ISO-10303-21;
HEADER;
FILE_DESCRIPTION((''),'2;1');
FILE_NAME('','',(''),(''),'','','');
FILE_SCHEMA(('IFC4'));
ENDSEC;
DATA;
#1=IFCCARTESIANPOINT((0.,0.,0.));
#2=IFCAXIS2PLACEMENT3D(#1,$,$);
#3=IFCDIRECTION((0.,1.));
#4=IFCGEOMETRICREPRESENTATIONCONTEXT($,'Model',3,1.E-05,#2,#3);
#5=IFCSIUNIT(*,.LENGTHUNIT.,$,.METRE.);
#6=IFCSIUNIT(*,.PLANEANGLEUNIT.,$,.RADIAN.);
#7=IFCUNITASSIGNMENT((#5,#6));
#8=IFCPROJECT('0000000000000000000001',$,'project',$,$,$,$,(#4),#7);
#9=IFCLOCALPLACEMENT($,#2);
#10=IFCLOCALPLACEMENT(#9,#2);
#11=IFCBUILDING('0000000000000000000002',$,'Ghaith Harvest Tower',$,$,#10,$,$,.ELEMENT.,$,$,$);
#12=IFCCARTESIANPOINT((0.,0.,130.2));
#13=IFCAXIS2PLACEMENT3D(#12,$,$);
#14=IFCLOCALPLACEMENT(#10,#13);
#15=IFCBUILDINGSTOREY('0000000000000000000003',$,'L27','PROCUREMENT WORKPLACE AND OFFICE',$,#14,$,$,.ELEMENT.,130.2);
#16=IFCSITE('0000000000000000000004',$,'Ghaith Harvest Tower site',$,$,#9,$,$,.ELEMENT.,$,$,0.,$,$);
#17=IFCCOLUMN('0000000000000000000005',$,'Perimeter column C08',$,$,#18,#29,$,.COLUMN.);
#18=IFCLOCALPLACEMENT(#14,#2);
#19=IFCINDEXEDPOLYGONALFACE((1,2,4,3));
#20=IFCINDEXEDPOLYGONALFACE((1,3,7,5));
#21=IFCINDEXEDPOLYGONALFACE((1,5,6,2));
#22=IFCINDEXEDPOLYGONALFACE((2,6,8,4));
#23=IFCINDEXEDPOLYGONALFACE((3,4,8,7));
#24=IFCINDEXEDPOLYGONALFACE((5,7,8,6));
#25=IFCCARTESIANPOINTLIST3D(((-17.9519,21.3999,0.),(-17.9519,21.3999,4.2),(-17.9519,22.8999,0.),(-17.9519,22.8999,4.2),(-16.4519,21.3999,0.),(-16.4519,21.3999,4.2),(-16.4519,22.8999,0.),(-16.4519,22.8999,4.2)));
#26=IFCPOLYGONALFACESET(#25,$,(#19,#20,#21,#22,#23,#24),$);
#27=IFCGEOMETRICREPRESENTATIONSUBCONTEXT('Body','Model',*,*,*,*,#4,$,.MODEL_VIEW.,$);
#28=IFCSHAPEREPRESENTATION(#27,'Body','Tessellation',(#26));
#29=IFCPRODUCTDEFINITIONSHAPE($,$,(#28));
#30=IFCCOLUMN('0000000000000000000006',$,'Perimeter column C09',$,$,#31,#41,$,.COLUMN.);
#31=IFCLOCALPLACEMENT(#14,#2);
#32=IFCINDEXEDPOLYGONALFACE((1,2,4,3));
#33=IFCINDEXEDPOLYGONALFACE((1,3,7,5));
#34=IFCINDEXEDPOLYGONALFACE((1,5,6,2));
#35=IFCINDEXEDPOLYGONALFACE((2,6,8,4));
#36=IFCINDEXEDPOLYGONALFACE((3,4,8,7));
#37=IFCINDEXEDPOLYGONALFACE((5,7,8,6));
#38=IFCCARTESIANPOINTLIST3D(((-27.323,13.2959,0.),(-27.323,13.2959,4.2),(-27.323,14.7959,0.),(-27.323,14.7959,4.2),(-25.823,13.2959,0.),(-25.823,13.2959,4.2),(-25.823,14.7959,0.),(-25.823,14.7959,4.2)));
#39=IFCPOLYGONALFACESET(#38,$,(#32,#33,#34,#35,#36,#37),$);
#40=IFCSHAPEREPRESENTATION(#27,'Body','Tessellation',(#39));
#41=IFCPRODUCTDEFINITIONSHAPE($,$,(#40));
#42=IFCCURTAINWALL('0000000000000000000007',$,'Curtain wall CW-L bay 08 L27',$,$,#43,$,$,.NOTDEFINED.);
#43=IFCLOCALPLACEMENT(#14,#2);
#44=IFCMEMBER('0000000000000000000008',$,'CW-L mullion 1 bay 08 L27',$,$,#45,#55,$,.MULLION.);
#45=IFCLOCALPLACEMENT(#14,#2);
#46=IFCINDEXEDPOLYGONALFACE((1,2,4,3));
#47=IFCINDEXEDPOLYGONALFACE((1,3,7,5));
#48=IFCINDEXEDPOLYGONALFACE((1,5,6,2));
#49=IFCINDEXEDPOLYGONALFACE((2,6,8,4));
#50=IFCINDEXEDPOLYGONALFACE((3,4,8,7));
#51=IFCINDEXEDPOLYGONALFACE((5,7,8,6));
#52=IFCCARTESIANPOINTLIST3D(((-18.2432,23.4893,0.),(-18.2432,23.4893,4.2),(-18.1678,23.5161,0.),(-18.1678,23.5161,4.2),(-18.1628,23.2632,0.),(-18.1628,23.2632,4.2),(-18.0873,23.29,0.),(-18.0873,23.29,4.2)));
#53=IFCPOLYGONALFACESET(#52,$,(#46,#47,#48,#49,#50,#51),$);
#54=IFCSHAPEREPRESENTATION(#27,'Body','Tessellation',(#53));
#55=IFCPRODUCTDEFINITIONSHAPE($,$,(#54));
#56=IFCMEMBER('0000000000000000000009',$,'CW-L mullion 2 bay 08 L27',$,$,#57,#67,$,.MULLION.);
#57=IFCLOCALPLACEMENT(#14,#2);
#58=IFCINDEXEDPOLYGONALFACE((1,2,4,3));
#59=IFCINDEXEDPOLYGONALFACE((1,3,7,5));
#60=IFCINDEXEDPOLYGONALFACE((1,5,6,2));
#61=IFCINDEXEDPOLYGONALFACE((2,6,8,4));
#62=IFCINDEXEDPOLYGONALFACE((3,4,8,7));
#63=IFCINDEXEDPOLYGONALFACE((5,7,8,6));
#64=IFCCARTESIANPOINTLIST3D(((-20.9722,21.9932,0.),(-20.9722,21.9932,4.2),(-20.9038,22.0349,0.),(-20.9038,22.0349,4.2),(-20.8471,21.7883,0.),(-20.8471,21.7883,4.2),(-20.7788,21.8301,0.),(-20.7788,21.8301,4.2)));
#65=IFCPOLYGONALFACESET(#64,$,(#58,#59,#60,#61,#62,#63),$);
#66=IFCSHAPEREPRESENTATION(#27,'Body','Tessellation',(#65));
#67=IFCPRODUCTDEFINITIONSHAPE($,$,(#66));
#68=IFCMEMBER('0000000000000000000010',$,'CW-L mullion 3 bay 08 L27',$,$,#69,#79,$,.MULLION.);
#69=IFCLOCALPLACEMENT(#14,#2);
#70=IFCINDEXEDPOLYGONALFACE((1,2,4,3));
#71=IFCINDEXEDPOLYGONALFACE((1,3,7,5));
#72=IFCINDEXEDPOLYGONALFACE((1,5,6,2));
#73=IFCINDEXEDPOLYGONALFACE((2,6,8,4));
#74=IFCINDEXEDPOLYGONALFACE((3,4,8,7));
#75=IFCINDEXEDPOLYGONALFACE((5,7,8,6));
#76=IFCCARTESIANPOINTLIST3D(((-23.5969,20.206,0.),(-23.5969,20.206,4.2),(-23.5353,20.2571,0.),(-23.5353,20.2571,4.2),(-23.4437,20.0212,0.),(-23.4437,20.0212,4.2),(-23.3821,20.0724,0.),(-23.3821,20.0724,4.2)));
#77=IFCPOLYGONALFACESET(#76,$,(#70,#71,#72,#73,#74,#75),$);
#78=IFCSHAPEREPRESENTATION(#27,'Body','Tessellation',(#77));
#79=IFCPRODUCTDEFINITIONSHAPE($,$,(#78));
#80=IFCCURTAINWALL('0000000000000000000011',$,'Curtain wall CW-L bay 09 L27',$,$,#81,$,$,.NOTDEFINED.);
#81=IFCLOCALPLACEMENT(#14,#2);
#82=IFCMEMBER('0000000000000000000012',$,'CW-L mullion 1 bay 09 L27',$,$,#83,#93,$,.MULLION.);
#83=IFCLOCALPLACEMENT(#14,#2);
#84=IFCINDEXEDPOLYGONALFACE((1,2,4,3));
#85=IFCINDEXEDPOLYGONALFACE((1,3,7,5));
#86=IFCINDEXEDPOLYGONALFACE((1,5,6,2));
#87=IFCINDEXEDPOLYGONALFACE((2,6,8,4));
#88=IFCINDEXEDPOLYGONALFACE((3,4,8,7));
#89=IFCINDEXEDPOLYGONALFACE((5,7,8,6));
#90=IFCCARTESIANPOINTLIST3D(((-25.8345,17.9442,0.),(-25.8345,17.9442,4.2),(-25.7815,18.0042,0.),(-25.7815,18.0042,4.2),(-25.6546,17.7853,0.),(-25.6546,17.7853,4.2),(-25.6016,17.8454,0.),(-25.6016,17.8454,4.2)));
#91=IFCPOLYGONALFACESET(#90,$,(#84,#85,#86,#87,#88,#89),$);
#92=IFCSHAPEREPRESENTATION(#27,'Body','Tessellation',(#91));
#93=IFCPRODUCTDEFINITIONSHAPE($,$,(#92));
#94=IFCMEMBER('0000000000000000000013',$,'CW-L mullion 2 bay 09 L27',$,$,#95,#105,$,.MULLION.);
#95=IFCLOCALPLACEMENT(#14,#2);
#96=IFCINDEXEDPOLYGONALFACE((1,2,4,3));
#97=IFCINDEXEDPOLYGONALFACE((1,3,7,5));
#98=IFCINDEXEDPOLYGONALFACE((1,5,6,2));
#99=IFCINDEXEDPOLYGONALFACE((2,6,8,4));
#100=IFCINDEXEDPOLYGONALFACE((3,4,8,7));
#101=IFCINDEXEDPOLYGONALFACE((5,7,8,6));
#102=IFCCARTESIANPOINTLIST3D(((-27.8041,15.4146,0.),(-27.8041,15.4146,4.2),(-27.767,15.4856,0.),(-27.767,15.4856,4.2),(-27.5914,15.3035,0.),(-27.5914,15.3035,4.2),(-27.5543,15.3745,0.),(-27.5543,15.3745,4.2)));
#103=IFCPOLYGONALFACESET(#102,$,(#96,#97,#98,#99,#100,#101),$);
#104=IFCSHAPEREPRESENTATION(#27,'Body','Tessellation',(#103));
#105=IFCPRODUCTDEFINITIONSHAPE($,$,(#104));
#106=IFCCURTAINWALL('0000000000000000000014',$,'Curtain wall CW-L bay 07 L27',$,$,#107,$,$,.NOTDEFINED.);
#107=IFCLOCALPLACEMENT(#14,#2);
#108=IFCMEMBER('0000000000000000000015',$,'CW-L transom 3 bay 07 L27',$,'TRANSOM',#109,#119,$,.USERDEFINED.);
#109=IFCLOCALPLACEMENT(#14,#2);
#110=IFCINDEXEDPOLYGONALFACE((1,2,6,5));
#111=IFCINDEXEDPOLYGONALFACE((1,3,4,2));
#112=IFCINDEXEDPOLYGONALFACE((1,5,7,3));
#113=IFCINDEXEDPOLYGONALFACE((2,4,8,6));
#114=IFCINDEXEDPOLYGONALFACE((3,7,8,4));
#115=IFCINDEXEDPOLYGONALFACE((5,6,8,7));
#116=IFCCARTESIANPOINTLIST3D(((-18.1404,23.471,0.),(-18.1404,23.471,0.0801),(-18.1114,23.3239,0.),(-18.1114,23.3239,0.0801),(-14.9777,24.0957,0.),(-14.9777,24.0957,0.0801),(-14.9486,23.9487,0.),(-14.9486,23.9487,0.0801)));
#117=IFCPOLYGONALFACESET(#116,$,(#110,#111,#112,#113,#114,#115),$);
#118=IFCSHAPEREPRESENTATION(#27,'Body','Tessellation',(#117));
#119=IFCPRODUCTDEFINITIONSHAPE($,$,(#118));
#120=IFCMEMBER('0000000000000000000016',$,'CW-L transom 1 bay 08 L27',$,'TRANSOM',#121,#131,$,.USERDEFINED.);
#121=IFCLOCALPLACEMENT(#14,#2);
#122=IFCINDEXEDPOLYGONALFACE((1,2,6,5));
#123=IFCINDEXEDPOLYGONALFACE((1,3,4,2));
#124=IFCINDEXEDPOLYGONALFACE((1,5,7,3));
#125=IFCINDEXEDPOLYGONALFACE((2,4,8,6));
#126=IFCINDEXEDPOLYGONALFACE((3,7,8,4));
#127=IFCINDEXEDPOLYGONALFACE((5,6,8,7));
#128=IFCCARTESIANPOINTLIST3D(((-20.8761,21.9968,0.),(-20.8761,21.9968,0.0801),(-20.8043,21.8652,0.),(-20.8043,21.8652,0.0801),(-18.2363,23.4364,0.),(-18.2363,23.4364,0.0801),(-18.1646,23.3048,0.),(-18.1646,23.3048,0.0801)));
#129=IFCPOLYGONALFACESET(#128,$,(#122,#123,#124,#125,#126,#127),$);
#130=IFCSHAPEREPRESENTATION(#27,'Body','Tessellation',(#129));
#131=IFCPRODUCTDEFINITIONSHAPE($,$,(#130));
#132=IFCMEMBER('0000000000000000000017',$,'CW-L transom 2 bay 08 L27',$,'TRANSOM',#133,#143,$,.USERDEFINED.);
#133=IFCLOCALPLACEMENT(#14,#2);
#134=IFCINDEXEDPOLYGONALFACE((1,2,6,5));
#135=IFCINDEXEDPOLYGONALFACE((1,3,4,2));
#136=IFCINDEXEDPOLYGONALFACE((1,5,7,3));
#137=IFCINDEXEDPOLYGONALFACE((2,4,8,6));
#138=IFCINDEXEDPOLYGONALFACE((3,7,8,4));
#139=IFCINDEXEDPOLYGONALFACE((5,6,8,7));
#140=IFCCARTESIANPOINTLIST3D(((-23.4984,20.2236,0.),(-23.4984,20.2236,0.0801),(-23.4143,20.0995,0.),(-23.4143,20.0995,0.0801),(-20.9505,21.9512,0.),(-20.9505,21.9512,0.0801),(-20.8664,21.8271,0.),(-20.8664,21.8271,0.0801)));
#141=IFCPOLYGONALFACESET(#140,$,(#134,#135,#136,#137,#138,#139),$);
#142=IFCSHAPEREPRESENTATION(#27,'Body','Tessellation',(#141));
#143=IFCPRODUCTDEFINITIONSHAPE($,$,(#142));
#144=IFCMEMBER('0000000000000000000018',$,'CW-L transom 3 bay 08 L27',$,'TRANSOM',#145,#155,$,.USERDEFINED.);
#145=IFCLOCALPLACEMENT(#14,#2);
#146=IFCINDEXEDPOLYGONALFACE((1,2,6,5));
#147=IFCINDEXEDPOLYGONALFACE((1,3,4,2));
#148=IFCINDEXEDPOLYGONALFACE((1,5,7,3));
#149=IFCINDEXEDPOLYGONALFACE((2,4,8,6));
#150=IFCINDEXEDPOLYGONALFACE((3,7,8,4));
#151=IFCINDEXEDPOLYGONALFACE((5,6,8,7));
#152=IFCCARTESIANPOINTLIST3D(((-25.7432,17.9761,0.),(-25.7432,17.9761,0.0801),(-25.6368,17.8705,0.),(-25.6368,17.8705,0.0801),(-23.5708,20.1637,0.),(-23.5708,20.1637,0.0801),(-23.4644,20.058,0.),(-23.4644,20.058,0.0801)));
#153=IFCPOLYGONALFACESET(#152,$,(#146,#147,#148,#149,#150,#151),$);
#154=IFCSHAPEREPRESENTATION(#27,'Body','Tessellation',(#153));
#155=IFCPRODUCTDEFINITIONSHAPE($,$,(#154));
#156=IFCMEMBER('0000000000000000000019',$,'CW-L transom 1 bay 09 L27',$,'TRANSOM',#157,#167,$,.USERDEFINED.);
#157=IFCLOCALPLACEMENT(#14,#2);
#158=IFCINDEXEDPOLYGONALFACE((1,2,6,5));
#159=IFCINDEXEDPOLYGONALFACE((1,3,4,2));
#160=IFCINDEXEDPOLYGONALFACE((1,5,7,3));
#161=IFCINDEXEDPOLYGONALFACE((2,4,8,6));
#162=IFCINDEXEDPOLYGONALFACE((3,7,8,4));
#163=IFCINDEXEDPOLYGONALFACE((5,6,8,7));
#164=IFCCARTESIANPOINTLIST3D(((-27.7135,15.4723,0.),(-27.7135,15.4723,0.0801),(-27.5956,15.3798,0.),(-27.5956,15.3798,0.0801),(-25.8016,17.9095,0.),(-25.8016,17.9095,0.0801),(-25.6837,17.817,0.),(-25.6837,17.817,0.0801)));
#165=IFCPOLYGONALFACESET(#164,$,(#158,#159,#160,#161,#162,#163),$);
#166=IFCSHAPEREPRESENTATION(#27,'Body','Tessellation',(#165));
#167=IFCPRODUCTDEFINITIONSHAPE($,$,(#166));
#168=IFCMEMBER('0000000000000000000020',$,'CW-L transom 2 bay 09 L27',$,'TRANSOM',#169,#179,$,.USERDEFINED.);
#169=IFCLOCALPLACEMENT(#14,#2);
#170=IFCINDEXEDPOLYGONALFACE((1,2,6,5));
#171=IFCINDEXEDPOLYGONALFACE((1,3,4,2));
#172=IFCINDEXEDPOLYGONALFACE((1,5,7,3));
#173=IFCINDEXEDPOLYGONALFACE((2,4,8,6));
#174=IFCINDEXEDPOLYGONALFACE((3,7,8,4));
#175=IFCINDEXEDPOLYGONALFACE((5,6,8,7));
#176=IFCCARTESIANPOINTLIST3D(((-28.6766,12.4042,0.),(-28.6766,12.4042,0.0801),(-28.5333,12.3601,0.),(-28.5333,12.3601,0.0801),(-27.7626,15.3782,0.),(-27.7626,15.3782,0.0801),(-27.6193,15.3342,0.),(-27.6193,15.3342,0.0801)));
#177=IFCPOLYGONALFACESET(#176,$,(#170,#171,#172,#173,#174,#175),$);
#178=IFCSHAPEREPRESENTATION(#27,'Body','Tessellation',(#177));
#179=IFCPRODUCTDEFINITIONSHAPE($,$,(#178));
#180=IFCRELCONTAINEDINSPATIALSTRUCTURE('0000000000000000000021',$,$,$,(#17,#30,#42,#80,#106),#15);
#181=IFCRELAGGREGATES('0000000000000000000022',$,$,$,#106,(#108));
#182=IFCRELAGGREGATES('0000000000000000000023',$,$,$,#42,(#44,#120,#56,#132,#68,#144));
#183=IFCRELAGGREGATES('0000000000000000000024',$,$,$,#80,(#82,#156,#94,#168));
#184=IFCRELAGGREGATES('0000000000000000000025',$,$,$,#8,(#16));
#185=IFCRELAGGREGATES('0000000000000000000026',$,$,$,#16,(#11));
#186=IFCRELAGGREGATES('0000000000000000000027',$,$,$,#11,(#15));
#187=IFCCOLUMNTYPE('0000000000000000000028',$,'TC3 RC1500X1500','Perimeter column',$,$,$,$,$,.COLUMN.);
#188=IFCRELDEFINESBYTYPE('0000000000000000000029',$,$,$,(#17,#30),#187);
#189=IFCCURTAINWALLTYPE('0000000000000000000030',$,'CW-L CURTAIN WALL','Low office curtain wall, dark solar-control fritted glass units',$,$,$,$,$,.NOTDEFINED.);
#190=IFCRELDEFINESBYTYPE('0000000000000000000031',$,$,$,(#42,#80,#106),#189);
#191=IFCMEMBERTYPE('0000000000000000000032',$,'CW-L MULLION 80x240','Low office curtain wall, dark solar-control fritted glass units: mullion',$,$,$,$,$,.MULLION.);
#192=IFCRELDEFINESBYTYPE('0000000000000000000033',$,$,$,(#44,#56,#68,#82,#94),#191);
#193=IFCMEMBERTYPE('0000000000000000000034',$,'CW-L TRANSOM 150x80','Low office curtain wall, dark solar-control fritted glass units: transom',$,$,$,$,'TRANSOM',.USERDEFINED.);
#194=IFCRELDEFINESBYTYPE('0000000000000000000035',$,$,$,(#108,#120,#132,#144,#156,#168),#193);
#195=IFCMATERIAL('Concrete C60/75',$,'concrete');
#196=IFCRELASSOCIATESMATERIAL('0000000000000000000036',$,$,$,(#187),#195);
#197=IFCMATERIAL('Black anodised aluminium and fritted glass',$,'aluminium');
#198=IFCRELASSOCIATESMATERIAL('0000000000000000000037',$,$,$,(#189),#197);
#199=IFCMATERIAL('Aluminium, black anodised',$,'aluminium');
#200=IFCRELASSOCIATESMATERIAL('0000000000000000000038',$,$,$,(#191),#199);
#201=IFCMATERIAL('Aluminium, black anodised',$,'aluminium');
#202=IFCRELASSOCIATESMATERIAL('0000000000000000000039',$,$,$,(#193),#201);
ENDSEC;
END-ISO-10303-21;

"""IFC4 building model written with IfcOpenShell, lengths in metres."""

from ifc_helpers import new_model, si_unit, direction, frame, origin, origin_2d, place, context, subcontext, project, spatial, rectangle, extrude, material, material_profile, profile_set, type_object, element, aggregate, save


model = new_model("IFC4")

# Units and contexts
model_context = context("Model", 3, precision=1e-05, world=origin(), true_north=direction((0.0, 1.0)))
body_context = subcontext(model_context, "Body", "Model", "MODEL_VIEW")
ifc_project = project(units=[si_unit("LENGTHUNIT", "METRE"), si_unit("PLANEANGLEUNIT", "RADIAN")], contexts=[model_context])

# Site, building, storey
site_placement = place(None, origin())
site = spatial("IfcSite", under=ifc_project, at=site_placement, Name="Ghaith Harvest Tower site", CompositionType="ELEMENT", RefElevation=0.0)
building_placement = place(site_placement, origin())
building = spatial("IfcBuilding", under=site, at=building_placement, Name="Ghaith Harvest Tower", CompositionType="ELEMENT")
storey_placement = place(building_placement, frame((0.0, 0.0, 130.2)))
storey = spatial("IfcBuildingStorey", under=building, at=storey_placement, Name="L27", Description="PROCUREMENT WORKPLACE AND OFFICE", CompositionType="ELEMENT", Elevation=130.2)

# Columns
ifc_material_1 = material(Name="Concrete C60/75", Category="concrete")
ifc_material_profile_1 = material_profile(ifc_material_1, rectangle(XDim=1.5, YDim=1.5, at=origin_2d()), Name="RC1500X1500")
ifc_profile_set_1 = profile_set([ifc_material_profile_1], Name="Concrete C60/75")
column_type = type_object("IfcColumnType", Name="TC3 RC1500X1500", Description="Perimeter column", PredefinedType="COLUMN", material=ifc_profile_set_1)
for number, where, z_axis, x_axis, name in (
    (1, (-17.2019, 22.1499, 0.0), (0.0, 0.0, 1.0), (1.0, 0.0, 0.0), "Perimeter column C08"),
    (2, (-26.573, 14.0459, 0.0), (0.0, 0.0, 1.0), (1.0, 0.0, 0.0), "Perimeter column C09"),
):
    element("IfcColumn", number, at=place(storey_placement, frame(where, z_axis=z_axis, x_axis=x_axis)), inside=storey, type_object=column_type, Name=name, PredefinedType="COLUMN", context=body_context, shape_type="SweptSolid", body=[
        extrude(rectangle(XDim=1.5, YDim=1.5, at=origin_2d()), origin(), (0.0, 0.0, 1.0), 4.2),
    ])

# Curtain walls, members
ifc_material_2 = material(Name="Black anodised aluminium and fritted glass", Category="aluminium")
curtain_wall_type = type_object("IfcCurtainWallType", Name="CW-L CURTAIN WALL", Description="Low office curtain wall, dark solar-control fritted glass units", PredefinedType="NOTDEFINED", material=ifc_material_2)
curtain_wall_1_placement = place(storey_placement, origin())
curtain_wall_1 = element("IfcCurtainWall", 3, at=curtain_wall_1_placement, inside=storey, type_object=curtain_wall_type, Name="Curtain wall CW-L bay 08 L27", PredefinedType="NOTDEFINED")
ifc_material_3 = material(Name="Aluminium, black anodised", Category="aluminium")
ifc_material_profile_2 = material_profile(ifc_material_3, rectangle(XDim=0.0801, YDim=0.24, at=origin_2d()), Name="CW-L MULLION 80x240")
ifc_profile_set_2 = profile_set([ifc_material_profile_2], Name="Aluminium, black anodised")
member_type_1 = type_object("IfcMemberType", Name="CW-L MULLION 80x240", Description="Low office curtain wall, dark solar-control fritted glass units: mullion", PredefinedType="MULLION", material=ifc_profile_set_2)
member_1_placement = place(storey_placement, frame((-18.1653, 23.3896, 0.0), z_axis=(0.0, 0.0, 1.0), x_axis=(-0.942104, -0.335322, 0.0)))
member_1 = element("IfcMember", 4, at=member_1_placement, type_object=member_type_1, Name="CW-L mullion 1 bay 08 L27", PredefinedType="MULLION", context=body_context, shape_type="SweptSolid", body=[
    extrude(rectangle(XDim=0.0801, YDim=0.24, at=origin_2d()), origin(), (0.0, 0.0, 1.0), 4.2),
])
member_2_placement = place(storey_placement, frame((-20.8755, 21.9116, 0.0), z_axis=(0.0, 0.0, 1.0), x_axis=(-0.853516, -0.521067, 0.0)))
member_2 = element("IfcMember", 5, at=member_2_placement, type_object=member_type_1, Name="CW-L mullion 2 bay 08 L27", PredefinedType="MULLION", context=body_context, shape_type="SweptSolid", body=[
    extrude(rectangle(XDim=0.0801, YDim=0.24, at=origin_2d()), origin(), (0.0, 0.0, 1.0), 4.2),
])
member_3_placement = place(storey_placement, frame((-23.4895, 20.1392, 0.0), z_axis=(0.0, 0.0, 1.0), x_axis=(-0.769683, -0.638427, 0.0)))
member_3 = element("IfcMember", 6, at=member_3_placement, type_object=member_type_1, Name="CW-L mullion 3 bay 08 L27", PredefinedType="MULLION", context=body_context, shape_type="SweptSolid", body=[
    extrude(rectangle(XDim=0.0801, YDim=0.24, at=origin_2d()), origin(), (0.0, 0.0, 1.0), 4.2),
])
curtain_wall_2_placement = place(storey_placement, origin())
curtain_wall_2 = element("IfcCurtainWall", 7, at=curtain_wall_2_placement, inside=storey, type_object=curtain_wall_type, Name="Curtain wall CW-L bay 09 L27", PredefinedType="NOTDEFINED")
member_4_placement = place(storey_placement, frame((-25.718, 17.8948, 0.0), z_axis=(0.0, 0.0, 1.0), x_axis=(-0.661904, -0.749589, 0.0)))
member_4 = element("IfcMember", 8, at=member_4_placement, type_object=member_type_1, Name="CW-L mullion 1 bay 09 L27", PredefinedType="MULLION", context=body_context, shape_type="SweptSolid", body=[
    extrude(rectangle(XDim=0.0801, YDim=0.24, at=origin_2d()), origin(), (0.0, 0.0, 1.0), 4.2),
])
member_5_placement = place(storey_placement, frame((-27.6792, 15.3945, 0.0), z_axis=(0.0, 0.0, 1.0), x_axis=(-0.46289, -0.886416, 0.0)))
member_5 = element("IfcMember", 9, at=member_5_placement, type_object=member_type_1, Name="CW-L mullion 2 bay 09 L27", PredefinedType="MULLION", context=body_context, shape_type="SweptSolid", body=[
    extrude(rectangle(XDim=0.0801, YDim=0.24, at=origin_2d()), origin(), (0.0, 0.0, 1.0), 4.2),
])

# Curtain wall, member
curtain_wall_3_placement = place(storey_placement, origin())
curtain_wall_3 = element("IfcCurtainWall", 10, at=curtain_wall_3_placement, inside=storey, type_object=curtain_wall_type, Name="Curtain wall CW-L bay 07 L27", PredefinedType="NOTDEFINED")
ifc_material_4 = material(Name="Aluminium, black anodised", Category="aluminium")
ifc_material_profile_3 = material_profile(ifc_material_4, rectangle(XDim=0.1499, YDim=0.0801, at=origin_2d()), Name="CW-L TRANSOM 150x80")
ifc_profile_set_3 = profile_set([ifc_material_profile_3], Name="Aluminium, black anodised")
member_type_2 = type_object("IfcMemberType", Name="CW-L TRANSOM 150x80", Description="Low office curtain wall, dark solar-control fritted glass units: transom", ElementType="TRANSOM", PredefinedType="USERDEFINED", material=ifc_profile_set_3)
member_6_placement = place(storey_placement, frame((-14.9631, 24.0222, 0.04), z_axis=(-0.981044, -0.193786, 0.0), x_axis=(0.193786, -0.981044, 0.0)))
member_6 = element("IfcMember", 11, at=member_6_placement, type_object=member_type_2, Name="CW-L transom 3 bay 07 L27", ObjectType="TRANSOM", PredefinedType="USERDEFINED", context=body_context, shape_type="SweptSolid", body=[
    extrude(rectangle(XDim=0.1499, YDim=0.0801, at=origin_2d()), origin(), (0.0, 0.0, 1.0), 3.2239),
])

# Members
member_7_placement = place(storey_placement, frame((-18.2004, 23.3706, 0.04), z_axis=(-0.87793, -0.47879, 0.0), x_axis=(0.47879, -0.87793, 0.0)))
member_7 = element("IfcMember", 12, at=member_7_placement, type_object=member_type_2, Name="CW-L transom 1 bay 08 L27", ObjectType="TRANSOM", PredefinedType="USERDEFINED", context=body_context, shape_type="SweptSolid", body=[
    extrude(rectangle(XDim=0.1499, YDim=0.0801, at=origin_2d()), origin(), (0.0, 0.0, 1.0), 3.0068),
])
member_8_placement = place(storey_placement, frame((-20.9084, 21.8892, 0.04), z_axis=(-0.827681, -0.561199, 0.0), x_axis=(0.561199, -0.827681, 0.0)))
member_8 = element("IfcMember", 13, at=member_8_placement, type_object=member_type_2, Name="CW-L transom 2 bay 08 L27", ObjectType="TRANSOM", PredefinedType="USERDEFINED", context=body_context, shape_type="SweptSolid", body=[
    extrude(rectangle(XDim=0.1499, YDim=0.0801, at=origin_2d()), origin(), (0.0, 0.0, 1.0), 3.0784),
])
member_9_placement = place(storey_placement, frame((-23.5176, 20.1108, 0.04), z_axis=(-0.704648, -0.709557, 0.0), x_axis=(0.709557, -0.704648, 0.0)))
member_9 = element("IfcMember", 14, at=member_9_placement, type_object=member_type_2, Name="CW-L transom 3 bay 08 L27", ObjectType="TRANSOM", PredefinedType="USERDEFINED", context=body_context, shape_type="SweptSolid", body=[
    extrude(rectangle(XDim=0.1499, YDim=0.0801, at=origin_2d()), origin(), (0.0, 0.0, 1.0), 3.083),
])
member_10_placement = place(storey_placement, frame((-25.7427, 17.8633, 0.04), z_axis=(-0.617198, -0.786808, 0.0), x_axis=(0.786808, -0.617198, 0.0)))
member_10 = element("IfcMember", 15, at=member_10_placement, type_object=member_type_2, Name="CW-L transom 1 bay 09 L27", ObjectType="TRANSOM", PredefinedType="USERDEFINED", context=body_context, shape_type="SweptSolid", body=[
    extrude(rectangle(XDim=0.1499, YDim=0.0801, at=origin_2d()), origin(), (0.0, 0.0, 1.0), 3.0977),
])
member_11_placement = place(storey_placement, frame((-27.6909, 15.3562, 0.04), z_axis=(-0.293777, -0.955874, 0.0), x_axis=(0.955874, -0.293777, 0.0)))
member_11 = element("IfcMember", 16, at=member_11_placement, type_object=member_type_2, Name="CW-L transom 2 bay 09 L27", ObjectType="TRANSOM", PredefinedType="USERDEFINED", context=body_context, shape_type="SweptSolid", body=[
    extrude(rectangle(XDim=0.1499, YDim=0.0801, at=origin_2d()), origin(), (0.0, 0.0, 1.0), 3.1113),
])

aggregate(curtain_wall_3, [member_6])
aggregate(curtain_wall_1, [member_1, member_7, member_2, member_8, member_3, member_9])
aggregate(curtain_wall_2, [member_4, member_10, member_5, member_11])

save(model, "model.ifc")
